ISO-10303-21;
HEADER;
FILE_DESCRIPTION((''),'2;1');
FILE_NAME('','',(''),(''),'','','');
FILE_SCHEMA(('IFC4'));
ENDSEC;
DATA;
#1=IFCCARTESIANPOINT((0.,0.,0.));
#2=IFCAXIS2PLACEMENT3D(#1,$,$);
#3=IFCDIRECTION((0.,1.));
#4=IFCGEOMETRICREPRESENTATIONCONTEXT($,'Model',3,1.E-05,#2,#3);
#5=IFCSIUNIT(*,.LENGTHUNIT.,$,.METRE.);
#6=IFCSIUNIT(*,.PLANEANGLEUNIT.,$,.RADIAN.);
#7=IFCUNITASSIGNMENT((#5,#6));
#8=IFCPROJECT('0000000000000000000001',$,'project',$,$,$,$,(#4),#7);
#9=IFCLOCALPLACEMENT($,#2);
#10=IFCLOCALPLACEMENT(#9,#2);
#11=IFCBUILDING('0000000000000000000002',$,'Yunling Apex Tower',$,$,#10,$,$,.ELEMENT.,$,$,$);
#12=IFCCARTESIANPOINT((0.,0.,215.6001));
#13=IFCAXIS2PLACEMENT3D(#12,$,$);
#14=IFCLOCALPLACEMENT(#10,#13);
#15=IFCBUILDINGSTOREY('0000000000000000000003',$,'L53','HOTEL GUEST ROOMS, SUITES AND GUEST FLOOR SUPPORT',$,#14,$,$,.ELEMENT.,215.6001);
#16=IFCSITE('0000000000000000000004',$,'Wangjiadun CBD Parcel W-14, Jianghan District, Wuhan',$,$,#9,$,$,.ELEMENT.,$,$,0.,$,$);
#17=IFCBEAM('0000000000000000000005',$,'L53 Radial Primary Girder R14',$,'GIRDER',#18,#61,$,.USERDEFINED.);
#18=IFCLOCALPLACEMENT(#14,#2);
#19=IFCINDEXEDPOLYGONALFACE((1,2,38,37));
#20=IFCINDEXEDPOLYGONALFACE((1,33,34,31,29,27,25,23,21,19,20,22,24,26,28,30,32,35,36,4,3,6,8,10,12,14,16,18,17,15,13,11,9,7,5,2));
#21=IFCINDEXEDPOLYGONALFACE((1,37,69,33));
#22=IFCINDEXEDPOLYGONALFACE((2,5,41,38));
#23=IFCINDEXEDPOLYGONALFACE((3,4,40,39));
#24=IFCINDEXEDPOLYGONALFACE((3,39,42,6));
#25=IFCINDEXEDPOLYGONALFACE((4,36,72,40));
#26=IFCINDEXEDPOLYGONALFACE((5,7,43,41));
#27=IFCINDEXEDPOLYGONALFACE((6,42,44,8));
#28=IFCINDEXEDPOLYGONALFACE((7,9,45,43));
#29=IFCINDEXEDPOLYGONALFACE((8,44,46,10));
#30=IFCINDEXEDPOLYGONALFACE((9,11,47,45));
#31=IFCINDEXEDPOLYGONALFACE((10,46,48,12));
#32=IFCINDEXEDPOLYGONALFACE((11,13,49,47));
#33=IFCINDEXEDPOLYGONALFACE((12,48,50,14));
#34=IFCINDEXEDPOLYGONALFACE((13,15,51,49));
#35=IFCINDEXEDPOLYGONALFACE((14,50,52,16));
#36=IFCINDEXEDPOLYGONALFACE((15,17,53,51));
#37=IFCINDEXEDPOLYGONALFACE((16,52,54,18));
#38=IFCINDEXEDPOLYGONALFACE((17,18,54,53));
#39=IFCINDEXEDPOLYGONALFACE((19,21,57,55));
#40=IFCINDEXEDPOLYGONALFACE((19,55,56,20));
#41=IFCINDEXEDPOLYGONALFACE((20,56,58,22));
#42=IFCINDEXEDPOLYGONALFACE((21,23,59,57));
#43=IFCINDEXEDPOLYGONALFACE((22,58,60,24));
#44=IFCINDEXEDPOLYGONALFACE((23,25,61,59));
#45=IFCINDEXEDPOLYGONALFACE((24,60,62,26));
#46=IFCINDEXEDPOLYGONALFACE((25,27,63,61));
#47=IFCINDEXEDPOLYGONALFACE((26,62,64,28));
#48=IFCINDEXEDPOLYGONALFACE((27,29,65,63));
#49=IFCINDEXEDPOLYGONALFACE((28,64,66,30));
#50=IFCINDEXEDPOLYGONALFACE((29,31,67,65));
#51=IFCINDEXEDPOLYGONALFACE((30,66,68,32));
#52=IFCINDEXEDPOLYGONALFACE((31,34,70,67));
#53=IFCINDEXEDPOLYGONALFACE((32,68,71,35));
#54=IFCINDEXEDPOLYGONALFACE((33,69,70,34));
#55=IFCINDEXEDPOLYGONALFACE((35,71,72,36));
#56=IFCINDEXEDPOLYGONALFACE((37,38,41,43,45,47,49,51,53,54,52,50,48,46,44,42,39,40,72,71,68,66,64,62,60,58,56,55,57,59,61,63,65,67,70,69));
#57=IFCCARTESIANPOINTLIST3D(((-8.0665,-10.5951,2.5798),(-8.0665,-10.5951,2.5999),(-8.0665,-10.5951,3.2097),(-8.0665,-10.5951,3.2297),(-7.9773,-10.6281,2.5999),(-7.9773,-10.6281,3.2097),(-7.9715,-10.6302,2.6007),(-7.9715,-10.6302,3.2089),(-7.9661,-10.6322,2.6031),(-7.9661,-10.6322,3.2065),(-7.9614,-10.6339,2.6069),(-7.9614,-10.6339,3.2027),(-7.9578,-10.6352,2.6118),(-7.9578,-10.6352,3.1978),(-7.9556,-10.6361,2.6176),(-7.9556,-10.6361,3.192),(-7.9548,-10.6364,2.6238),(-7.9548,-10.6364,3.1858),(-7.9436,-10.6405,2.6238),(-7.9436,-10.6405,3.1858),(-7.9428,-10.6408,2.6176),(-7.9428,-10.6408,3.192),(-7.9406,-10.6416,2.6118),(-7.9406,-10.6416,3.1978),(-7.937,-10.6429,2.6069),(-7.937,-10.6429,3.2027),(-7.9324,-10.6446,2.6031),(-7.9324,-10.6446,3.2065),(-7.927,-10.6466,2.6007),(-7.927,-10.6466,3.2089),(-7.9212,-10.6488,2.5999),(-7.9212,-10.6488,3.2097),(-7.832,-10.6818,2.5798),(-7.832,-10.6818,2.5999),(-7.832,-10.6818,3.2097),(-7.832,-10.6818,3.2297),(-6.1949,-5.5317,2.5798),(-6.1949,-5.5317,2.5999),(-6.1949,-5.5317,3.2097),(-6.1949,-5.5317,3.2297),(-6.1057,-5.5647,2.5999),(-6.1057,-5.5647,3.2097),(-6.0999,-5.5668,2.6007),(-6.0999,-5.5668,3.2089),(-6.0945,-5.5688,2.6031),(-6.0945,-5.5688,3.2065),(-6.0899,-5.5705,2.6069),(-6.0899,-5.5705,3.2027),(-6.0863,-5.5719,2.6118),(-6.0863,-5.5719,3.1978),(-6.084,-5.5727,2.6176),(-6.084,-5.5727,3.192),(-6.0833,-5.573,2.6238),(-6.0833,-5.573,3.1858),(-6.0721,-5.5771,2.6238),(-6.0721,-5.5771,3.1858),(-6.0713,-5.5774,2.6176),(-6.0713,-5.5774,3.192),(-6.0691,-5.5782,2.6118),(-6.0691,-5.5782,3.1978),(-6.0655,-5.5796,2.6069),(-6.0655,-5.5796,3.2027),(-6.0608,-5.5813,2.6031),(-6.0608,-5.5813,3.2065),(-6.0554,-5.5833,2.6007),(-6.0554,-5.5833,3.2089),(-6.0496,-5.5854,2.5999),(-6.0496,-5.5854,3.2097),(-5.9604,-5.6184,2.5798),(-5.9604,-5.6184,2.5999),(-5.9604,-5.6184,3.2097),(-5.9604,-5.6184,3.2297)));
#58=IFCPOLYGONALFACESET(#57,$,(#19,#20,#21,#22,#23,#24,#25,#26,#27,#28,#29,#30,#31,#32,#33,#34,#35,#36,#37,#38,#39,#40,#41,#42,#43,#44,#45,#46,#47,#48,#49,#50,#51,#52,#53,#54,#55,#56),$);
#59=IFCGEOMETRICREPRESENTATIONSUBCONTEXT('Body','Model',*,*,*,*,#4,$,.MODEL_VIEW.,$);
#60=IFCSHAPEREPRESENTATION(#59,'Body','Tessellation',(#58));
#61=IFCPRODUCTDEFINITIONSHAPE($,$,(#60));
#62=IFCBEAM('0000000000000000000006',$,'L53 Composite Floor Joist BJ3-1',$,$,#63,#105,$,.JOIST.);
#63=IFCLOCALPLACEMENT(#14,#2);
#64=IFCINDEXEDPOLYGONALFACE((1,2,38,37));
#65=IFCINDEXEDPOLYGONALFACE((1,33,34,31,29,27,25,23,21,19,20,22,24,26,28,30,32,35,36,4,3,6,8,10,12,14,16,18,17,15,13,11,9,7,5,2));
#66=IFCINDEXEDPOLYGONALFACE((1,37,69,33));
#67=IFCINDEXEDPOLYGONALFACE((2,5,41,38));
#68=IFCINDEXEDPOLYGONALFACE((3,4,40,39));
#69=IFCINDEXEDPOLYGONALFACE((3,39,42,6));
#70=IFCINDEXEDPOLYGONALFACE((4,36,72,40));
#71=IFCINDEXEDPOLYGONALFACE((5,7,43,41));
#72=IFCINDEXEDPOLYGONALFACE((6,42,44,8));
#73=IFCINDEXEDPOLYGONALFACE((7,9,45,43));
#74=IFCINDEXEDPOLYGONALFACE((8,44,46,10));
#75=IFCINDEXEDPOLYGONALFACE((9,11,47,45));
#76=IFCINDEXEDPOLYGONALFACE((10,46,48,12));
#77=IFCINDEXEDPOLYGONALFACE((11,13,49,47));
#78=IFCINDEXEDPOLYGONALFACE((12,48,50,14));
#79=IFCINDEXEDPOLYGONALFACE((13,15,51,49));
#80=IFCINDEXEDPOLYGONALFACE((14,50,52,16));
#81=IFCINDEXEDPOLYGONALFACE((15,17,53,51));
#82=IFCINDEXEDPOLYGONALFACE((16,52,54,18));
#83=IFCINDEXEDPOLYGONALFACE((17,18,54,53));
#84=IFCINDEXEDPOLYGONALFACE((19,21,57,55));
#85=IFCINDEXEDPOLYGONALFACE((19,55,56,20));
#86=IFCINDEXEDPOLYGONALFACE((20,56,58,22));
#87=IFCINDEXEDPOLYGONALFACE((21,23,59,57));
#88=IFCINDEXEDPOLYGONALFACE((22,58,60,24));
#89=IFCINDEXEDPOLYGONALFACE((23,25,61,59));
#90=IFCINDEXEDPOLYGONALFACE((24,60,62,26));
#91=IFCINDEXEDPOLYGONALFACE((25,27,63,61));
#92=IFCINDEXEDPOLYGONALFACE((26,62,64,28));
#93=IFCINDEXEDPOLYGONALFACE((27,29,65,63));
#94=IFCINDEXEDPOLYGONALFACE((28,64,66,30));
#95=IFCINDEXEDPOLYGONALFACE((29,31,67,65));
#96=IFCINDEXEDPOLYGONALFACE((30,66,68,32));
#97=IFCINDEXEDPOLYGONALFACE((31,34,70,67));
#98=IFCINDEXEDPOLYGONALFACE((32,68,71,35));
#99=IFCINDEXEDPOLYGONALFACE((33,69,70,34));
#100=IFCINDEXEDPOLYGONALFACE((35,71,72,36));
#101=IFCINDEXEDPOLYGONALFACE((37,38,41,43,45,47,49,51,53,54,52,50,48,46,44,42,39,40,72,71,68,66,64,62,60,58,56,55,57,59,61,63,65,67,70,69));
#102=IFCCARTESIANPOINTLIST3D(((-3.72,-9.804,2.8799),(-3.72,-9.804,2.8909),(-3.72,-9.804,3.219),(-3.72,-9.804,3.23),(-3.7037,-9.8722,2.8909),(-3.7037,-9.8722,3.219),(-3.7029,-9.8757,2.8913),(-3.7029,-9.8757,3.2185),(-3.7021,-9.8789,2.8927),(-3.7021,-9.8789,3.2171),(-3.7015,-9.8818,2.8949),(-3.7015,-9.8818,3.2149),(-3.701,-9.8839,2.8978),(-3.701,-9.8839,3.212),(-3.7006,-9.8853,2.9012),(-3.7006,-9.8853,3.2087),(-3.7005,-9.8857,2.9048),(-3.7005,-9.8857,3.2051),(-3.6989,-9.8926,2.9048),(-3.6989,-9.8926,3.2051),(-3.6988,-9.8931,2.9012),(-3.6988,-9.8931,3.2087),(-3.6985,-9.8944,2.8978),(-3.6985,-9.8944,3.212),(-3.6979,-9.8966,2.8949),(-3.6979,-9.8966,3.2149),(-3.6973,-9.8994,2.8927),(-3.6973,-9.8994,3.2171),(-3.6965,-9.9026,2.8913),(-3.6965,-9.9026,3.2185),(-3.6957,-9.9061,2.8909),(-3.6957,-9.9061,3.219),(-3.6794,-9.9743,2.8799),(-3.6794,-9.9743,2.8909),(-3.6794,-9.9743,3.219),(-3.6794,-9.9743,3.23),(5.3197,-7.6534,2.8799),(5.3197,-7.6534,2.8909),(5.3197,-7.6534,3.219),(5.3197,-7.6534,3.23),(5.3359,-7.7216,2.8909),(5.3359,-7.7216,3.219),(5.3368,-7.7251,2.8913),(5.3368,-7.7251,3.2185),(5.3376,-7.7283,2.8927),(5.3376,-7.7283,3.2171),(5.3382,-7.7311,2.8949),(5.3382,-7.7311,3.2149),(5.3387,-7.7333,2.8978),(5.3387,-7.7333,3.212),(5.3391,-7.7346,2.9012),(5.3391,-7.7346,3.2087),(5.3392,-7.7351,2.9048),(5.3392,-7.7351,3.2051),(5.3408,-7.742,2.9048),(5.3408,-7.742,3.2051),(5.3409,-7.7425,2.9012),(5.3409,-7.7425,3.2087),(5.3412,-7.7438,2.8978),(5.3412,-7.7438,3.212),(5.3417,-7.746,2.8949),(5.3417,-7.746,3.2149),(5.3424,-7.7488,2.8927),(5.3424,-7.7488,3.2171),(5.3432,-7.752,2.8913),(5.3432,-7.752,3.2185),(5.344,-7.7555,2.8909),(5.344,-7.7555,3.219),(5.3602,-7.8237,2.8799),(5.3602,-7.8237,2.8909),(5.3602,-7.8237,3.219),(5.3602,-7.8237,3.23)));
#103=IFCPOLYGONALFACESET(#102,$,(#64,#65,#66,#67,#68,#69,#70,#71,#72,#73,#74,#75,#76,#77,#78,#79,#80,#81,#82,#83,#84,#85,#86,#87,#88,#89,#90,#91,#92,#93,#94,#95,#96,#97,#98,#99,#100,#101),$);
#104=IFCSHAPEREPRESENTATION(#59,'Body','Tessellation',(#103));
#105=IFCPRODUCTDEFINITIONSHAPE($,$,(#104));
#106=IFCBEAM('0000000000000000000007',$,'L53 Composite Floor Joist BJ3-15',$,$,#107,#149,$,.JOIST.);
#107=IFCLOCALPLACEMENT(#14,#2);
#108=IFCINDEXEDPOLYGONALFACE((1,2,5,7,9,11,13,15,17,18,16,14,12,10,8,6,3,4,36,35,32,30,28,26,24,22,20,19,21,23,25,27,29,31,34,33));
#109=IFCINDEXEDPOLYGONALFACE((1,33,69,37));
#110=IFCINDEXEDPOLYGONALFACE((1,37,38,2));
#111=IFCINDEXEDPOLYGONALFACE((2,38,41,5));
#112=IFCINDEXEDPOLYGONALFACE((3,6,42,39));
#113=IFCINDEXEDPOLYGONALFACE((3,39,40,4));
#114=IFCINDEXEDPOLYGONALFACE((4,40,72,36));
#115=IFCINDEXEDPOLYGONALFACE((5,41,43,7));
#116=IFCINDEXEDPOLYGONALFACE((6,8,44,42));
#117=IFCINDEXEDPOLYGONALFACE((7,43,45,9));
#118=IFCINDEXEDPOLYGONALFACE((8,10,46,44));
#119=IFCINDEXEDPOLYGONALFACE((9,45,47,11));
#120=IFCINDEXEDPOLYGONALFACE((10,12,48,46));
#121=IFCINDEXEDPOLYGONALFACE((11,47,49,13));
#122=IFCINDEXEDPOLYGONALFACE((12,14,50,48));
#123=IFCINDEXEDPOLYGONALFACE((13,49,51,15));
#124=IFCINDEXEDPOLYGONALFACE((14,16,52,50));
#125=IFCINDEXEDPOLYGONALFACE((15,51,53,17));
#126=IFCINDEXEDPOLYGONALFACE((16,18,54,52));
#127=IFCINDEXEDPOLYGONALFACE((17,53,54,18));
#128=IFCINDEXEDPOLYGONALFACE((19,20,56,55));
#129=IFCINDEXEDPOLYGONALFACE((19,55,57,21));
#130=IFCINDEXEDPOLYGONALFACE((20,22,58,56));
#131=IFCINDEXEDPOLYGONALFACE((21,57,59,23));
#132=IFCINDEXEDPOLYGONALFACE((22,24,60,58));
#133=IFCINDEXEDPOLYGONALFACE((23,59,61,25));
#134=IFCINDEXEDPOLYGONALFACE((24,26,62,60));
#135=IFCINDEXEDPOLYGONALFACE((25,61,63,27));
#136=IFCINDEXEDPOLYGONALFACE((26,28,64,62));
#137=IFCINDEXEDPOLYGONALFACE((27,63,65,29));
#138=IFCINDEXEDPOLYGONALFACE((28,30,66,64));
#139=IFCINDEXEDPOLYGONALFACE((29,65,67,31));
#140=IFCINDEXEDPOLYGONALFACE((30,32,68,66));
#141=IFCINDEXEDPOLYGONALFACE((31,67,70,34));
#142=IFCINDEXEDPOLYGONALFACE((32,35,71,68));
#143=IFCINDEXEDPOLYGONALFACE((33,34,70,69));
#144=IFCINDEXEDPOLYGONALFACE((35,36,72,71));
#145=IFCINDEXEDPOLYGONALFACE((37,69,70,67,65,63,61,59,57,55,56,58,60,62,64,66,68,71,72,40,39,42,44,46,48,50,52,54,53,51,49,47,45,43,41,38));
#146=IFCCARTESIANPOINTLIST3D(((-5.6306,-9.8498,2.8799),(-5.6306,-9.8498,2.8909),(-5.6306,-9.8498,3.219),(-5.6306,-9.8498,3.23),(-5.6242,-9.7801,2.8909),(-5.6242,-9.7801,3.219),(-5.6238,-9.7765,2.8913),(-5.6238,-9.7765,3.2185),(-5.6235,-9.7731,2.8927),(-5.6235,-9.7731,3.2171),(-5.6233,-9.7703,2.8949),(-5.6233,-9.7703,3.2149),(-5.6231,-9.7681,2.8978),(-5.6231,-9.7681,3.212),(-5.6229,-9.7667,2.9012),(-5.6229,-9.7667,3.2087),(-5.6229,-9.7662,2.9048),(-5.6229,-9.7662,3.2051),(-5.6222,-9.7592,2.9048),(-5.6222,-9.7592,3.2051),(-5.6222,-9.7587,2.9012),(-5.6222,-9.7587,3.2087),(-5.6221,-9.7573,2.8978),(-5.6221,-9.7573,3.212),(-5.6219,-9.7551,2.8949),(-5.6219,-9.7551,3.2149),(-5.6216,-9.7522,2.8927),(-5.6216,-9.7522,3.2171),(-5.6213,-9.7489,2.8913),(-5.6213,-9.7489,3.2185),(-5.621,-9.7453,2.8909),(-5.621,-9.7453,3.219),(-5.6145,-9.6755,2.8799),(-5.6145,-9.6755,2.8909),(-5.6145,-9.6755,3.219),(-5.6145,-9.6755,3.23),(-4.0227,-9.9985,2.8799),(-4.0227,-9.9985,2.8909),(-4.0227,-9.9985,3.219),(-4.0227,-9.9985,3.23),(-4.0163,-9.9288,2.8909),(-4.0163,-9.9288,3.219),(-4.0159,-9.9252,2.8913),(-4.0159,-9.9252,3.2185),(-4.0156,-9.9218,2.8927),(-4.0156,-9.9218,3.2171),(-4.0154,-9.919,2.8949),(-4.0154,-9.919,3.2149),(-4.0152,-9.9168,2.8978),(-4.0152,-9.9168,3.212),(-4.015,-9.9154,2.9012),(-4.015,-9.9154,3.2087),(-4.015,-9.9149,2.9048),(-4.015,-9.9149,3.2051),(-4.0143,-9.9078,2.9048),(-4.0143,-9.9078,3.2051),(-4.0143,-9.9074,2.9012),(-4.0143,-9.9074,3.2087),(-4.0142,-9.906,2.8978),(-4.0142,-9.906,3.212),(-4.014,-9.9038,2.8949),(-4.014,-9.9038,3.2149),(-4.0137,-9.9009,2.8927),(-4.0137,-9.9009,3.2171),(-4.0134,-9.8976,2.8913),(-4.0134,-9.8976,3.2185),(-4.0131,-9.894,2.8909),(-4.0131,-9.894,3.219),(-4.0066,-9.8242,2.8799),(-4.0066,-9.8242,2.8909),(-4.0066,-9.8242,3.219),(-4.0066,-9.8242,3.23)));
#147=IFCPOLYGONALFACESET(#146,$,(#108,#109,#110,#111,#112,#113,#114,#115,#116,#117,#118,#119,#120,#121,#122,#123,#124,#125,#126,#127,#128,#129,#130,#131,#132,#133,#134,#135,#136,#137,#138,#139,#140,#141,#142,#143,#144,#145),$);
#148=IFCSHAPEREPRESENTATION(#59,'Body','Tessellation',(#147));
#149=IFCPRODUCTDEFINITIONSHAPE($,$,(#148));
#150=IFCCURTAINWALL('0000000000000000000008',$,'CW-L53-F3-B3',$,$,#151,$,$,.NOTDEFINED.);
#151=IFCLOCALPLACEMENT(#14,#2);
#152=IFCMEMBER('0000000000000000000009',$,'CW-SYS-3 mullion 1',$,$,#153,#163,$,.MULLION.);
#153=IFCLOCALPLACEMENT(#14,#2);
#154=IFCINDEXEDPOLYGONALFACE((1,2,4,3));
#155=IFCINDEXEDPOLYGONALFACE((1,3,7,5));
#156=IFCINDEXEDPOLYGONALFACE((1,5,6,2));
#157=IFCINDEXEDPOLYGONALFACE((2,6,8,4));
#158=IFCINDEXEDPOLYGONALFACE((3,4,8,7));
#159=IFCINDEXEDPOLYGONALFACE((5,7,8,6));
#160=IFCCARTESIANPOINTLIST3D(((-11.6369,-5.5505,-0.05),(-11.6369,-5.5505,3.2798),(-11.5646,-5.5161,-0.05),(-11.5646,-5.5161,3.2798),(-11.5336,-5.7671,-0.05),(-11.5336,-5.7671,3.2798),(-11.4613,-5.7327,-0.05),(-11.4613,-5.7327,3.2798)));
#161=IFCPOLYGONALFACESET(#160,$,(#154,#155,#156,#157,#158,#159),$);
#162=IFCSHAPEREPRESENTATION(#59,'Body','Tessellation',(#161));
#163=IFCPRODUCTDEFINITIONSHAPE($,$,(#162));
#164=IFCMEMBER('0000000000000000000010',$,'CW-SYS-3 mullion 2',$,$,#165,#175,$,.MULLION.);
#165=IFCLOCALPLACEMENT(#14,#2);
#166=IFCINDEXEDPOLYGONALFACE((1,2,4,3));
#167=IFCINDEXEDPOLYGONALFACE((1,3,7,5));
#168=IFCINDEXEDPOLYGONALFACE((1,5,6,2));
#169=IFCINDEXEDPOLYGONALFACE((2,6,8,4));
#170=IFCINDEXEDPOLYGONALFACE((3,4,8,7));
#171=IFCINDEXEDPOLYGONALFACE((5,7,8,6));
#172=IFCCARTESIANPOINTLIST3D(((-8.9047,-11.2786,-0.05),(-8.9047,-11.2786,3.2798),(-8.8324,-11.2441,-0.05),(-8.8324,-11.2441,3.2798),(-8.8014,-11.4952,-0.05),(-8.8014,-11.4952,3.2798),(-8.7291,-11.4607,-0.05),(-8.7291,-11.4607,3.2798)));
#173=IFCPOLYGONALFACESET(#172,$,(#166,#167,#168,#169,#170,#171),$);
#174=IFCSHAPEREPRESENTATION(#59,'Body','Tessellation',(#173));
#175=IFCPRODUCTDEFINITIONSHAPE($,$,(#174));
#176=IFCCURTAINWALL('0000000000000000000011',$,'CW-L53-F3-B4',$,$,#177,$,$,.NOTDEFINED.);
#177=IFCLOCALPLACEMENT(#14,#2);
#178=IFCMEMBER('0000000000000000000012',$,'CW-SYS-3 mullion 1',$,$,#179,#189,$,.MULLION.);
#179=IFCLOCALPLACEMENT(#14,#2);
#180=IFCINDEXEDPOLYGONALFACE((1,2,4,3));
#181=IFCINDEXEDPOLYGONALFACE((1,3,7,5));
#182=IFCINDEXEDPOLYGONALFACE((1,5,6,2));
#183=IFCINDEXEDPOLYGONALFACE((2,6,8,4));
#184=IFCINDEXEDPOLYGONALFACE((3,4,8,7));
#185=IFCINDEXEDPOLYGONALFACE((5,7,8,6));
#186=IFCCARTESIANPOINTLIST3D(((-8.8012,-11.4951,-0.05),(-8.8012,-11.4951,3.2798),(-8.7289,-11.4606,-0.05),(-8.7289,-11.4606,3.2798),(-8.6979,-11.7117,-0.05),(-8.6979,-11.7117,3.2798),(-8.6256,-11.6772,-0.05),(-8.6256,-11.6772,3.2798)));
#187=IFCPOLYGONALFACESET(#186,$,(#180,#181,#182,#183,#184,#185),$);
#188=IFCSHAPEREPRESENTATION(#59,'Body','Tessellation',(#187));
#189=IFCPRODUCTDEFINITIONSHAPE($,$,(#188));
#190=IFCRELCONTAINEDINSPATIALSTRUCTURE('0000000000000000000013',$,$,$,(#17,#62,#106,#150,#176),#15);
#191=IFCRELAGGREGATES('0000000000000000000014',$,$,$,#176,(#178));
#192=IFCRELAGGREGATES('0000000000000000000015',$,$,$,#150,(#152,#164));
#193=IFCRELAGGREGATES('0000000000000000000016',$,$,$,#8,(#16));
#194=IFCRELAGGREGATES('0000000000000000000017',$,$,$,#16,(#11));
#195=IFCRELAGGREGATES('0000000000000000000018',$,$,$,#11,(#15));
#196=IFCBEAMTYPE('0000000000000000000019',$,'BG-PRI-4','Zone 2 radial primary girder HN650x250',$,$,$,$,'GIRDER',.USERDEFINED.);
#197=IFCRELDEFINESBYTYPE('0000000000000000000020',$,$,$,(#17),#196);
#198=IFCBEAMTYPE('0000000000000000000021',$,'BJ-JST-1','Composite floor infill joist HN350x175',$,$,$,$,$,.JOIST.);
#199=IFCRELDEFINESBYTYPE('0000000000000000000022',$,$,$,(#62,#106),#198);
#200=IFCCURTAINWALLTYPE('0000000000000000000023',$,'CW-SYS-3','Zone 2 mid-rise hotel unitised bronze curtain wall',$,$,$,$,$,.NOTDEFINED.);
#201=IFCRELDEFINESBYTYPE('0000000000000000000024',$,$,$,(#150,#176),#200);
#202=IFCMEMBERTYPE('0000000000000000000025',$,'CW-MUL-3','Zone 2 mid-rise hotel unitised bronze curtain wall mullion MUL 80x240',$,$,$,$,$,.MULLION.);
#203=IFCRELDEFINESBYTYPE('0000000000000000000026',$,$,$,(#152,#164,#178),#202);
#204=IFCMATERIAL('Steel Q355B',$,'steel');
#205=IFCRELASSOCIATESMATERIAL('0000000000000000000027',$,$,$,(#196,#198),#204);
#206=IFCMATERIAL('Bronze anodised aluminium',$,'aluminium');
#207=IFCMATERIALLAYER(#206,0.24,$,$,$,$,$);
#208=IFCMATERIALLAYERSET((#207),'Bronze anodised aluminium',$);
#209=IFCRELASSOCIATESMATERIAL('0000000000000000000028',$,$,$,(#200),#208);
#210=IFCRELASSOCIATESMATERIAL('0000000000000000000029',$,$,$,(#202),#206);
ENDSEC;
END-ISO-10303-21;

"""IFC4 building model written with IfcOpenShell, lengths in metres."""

from ifc_helpers import new_model, si_unit, direction, frame, origin, origin_2d, place, context, subcontext, project, spatial, rectangle, i_section, extrude, source, transform, mapped, material, layer, layer_set, material_profile, profile_set, type_object, element, aggregate, save


model = new_model("IFC4")

# Units and contexts
model_context = context("Model", 3, precision=1e-05, world=origin(), true_north=direction((0.0, 1.0)))
body_context = subcontext(model_context, "Body", "Model", "MODEL_VIEW")
ifc_project = project(units=[si_unit("LENGTHUNIT", "METRE"), si_unit("PLANEANGLEUNIT", "RADIAN")], contexts=[model_context])

# Site, building, storey
site_placement = place(None, origin())
site = spatial("IfcSite", under=ifc_project, at=site_placement, Name="Wangjiadun CBD Parcel W-14, Jianghan District, Wuhan", CompositionType="ELEMENT", RefElevation=0.0)
building_placement = place(site_placement, origin())
building = spatial("IfcBuilding", under=site, at=building_placement, Name="Yunling Apex Tower", CompositionType="ELEMENT")
storey_placement = place(building_placement, frame((0.0, 0.0, 215.6001)))
storey = spatial("IfcBuildingStorey", under=building, at=storey_placement, Name="L53", Description="HOTEL GUEST ROOMS, SUITES AND GUEST FLOOR SUPPORT", CompositionType="ELEMENT", Elevation=215.6001)

# Beams
ifc_material_1 = material(Name="Steel Q355B", Category="steel")
ifc_material_profile_1 = material_profile(ifc_material_1, i_section(OverallWidth=0.25, OverallDepth=0.6499, WebThickness=0.012, FlangeThickness=0.02, FilletRadius=0.0239, at=origin_2d()))
ifc_profile_set_1 = profile_set([ifc_material_profile_1], Name="Steel Q355B")
beam_type_1 = type_object("IfcBeamType", Name="BG-PRI-4", Description="Zone 2 radial primary girder HN650x250", ElementType="GIRDER", PredefinedType="USERDEFINED", material=ifc_profile_set_1)
shared_shape_1 = source(origin(), body_context, "Body", "SweptSolid", [
    extrude(i_section(OverallWidth=0.25, OverallDepth=0.6499, WebThickness=0.012, FlangeThickness=0.02, FilletRadius=0.0239, at=origin_2d()), origin(), (0.0, 0.0, 1.0), 5.3982),
])
beam_1_placement = place(storey_placement, frame((-7.9492, -10.6384, 2.9048), z_axis=(0.346699, 0.937977, 0.0), x_axis=(-0.937977, 0.346699, 0.0)))
element("IfcBeam", 1, at=beam_1_placement, inside=storey, type_object=beam_type_1, Name="L53 Radial Primary Girder R14", ObjectType="GIRDER", PredefinedType="USERDEFINED", context=body_context, shape_type="MappedRepresentation", body=[
    mapped(shared_shape_1, transform((0.0, 0.0, 0.0), scale=1.0)),
])
ifc_material_profile_2 = material_profile(ifc_material_1, i_section(OverallWidth=0.175, OverallDepth=0.3501, WebThickness=0.0071, FlangeThickness=0.011, FilletRadius=0.0139, at=origin_2d()))
ifc_profile_set_2 = profile_set([ifc_material_profile_2], Name="Steel Q355B")
beam_type_2 = type_object("IfcBeamType", Name="BJ-JST-1", Description="Composite floor infill joist HN350x175", PredefinedType="JOIST", material=ifc_profile_set_2)
shared_shape_2 = source(origin(), body_context, "Body", "SweptSolid", [
    extrude(i_section(OverallWidth=0.175, OverallDepth=0.3501, WebThickness=0.0071, FlangeThickness=0.011, FilletRadius=0.0139, at=origin_2d()), origin(), (0.0, 0.0, 1.0), 9.292),
])
beam_2_placement = place(storey_placement, frame((-3.6997, -9.8892, 3.0549), z_axis=(0.972847, 0.231448, 0.0), x_axis=(-0.231448, 0.972847, 0.0)))
element("IfcBeam", 2, at=beam_2_placement, inside=storey, type_object=beam_type_2, Name="L53 Composite Floor Joist BJ3-1", PredefinedType="JOIST", context=body_context, shape_type="MappedRepresentation", body=[
    mapped(shared_shape_2, transform((0.0, 0.0, 0.0), scale=1.0)),
])
shared_shape_3 = source(origin(), body_context, "Body", "SweptSolid", [
    extrude(i_section(OverallWidth=0.175, OverallDepth=0.3501, WebThickness=0.0071, FlangeThickness=0.011, FilletRadius=0.0139, at=origin_2d()), origin(), (0.0, 0.0, 1.0), 1.6147),
])
beam_3_placement = place(storey_placement, frame((-5.6226, -9.7627, 3.0549), z_axis=(0.995752, -0.092076, 0.0), x_axis=(0.092076, 0.995752, 0.0)))
element("IfcBeam", 3, at=beam_3_placement, inside=storey, type_object=beam_type_2, Name="L53 Composite Floor Joist BJ3-15", PredefinedType="JOIST", context=body_context, shape_type="MappedRepresentation", body=[
    mapped(shared_shape_3, transform((0.0, 0.0, 0.0), scale=1.0)),
])

# Curtain wall, members
ifc_material_2 = material(Name="Bronze anodised aluminium", Category="aluminium")
ifc_layer_1 = layer(ifc_material_2, 0.24)
ifc_layer_set_1 = layer_set([ifc_layer_1], Name="Bronze anodised aluminium")
curtain_wall_type = type_object("IfcCurtainWallType", Name="CW-SYS-3", Description="Zone 2 mid-rise hotel unitised bronze curtain wall", PredefinedType="NOTDEFINED", material=ifc_layer_set_1)
curtain_wall_1_placement = place(storey_placement, origin())
curtain_wall_1 = element("IfcCurtainWall", 4, at=curtain_wall_1_placement, inside=storey, type_object=curtain_wall_type, Name="CW-L53-F3-B3", PredefinedType="NOTDEFINED")
ifc_material_profile_3 = material_profile(ifc_material_2, rectangle(XDim=0.0801, YDim=0.24, at=origin_2d()))
ifc_profile_set_3 = profile_set([ifc_material_profile_3], Name="Bronze anodised aluminium")
member_type_1 = type_object("IfcMemberType", Name="CW-MUL-3", Description="Zone 2 mid-rise hotel unitised bronze curtain wall mullion MUL 80x240", PredefinedType="MULLION", material=ifc_profile_set_3)
shared_shape_4 = source(origin(), body_context, "Body", "SweptSolid", [
    extrude(rectangle(XDim=0.0801, YDim=0.24, at=origin_2d()), origin(), (0.0, 0.0, 1.0), 3.3298),
])
member_1_placement = place(storey_placement, frame((-11.5491, -5.6416, -0.05), z_axis=(0.0, 0.0, 1.0), x_axis=(0.902588, 0.430505, 0.0)))
member_1 = element("IfcMember", 5, at=member_1_placement, type_object=member_type_1, Name="CW-SYS-3 mullion 1", PredefinedType="MULLION", context=body_context, shape_type="MappedRepresentation", body=[
    mapped(shared_shape_4, transform((0.0, 0.0, 0.0), scale=1.0)),
])
member_2_placement = place(storey_placement, frame((-8.8169, -11.3696, -0.05), z_axis=(0.0, 0.0, 1.0), x_axis=(0.902588, 0.430505, 0.0)))
member_2 = element("IfcMember", 6, at=member_2_placement, type_object=member_type_1, Name="CW-SYS-3 mullion 2", PredefinedType="MULLION", context=body_context, shape_type="MappedRepresentation", body=[
    mapped(shared_shape_4, transform((0.0, 0.0, 0.0), scale=1.0)),
])

# Curtain wall, member
curtain_wall_2_placement = place(storey_placement, origin())
curtain_wall_2 = element("IfcCurtainWall", 7, at=curtain_wall_2_placement, inside=storey, type_object=curtain_wall_type, Name="CW-L53-F3-B4", PredefinedType="NOTDEFINED")
member_3_placement = place(storey_placement, frame((-8.7134, -11.5862, -0.05), z_axis=(0.0, 0.0, 1.0), x_axis=(0.902582, 0.430518, 0.0)))
member_3 = element("IfcMember", 8, at=member_3_placement, type_object=member_type_1, Name="CW-SYS-3 mullion 1", PredefinedType="MULLION", context=body_context, shape_type="MappedRepresentation", body=[
    mapped(shared_shape_4, transform((0.0, 0.0, 0.0), scale=1.0)),
])

aggregate(curtain_wall_2, [member_3])

aggregate(curtain_wall_1, [member_1, member_2])

save(model, "model.ifc")
